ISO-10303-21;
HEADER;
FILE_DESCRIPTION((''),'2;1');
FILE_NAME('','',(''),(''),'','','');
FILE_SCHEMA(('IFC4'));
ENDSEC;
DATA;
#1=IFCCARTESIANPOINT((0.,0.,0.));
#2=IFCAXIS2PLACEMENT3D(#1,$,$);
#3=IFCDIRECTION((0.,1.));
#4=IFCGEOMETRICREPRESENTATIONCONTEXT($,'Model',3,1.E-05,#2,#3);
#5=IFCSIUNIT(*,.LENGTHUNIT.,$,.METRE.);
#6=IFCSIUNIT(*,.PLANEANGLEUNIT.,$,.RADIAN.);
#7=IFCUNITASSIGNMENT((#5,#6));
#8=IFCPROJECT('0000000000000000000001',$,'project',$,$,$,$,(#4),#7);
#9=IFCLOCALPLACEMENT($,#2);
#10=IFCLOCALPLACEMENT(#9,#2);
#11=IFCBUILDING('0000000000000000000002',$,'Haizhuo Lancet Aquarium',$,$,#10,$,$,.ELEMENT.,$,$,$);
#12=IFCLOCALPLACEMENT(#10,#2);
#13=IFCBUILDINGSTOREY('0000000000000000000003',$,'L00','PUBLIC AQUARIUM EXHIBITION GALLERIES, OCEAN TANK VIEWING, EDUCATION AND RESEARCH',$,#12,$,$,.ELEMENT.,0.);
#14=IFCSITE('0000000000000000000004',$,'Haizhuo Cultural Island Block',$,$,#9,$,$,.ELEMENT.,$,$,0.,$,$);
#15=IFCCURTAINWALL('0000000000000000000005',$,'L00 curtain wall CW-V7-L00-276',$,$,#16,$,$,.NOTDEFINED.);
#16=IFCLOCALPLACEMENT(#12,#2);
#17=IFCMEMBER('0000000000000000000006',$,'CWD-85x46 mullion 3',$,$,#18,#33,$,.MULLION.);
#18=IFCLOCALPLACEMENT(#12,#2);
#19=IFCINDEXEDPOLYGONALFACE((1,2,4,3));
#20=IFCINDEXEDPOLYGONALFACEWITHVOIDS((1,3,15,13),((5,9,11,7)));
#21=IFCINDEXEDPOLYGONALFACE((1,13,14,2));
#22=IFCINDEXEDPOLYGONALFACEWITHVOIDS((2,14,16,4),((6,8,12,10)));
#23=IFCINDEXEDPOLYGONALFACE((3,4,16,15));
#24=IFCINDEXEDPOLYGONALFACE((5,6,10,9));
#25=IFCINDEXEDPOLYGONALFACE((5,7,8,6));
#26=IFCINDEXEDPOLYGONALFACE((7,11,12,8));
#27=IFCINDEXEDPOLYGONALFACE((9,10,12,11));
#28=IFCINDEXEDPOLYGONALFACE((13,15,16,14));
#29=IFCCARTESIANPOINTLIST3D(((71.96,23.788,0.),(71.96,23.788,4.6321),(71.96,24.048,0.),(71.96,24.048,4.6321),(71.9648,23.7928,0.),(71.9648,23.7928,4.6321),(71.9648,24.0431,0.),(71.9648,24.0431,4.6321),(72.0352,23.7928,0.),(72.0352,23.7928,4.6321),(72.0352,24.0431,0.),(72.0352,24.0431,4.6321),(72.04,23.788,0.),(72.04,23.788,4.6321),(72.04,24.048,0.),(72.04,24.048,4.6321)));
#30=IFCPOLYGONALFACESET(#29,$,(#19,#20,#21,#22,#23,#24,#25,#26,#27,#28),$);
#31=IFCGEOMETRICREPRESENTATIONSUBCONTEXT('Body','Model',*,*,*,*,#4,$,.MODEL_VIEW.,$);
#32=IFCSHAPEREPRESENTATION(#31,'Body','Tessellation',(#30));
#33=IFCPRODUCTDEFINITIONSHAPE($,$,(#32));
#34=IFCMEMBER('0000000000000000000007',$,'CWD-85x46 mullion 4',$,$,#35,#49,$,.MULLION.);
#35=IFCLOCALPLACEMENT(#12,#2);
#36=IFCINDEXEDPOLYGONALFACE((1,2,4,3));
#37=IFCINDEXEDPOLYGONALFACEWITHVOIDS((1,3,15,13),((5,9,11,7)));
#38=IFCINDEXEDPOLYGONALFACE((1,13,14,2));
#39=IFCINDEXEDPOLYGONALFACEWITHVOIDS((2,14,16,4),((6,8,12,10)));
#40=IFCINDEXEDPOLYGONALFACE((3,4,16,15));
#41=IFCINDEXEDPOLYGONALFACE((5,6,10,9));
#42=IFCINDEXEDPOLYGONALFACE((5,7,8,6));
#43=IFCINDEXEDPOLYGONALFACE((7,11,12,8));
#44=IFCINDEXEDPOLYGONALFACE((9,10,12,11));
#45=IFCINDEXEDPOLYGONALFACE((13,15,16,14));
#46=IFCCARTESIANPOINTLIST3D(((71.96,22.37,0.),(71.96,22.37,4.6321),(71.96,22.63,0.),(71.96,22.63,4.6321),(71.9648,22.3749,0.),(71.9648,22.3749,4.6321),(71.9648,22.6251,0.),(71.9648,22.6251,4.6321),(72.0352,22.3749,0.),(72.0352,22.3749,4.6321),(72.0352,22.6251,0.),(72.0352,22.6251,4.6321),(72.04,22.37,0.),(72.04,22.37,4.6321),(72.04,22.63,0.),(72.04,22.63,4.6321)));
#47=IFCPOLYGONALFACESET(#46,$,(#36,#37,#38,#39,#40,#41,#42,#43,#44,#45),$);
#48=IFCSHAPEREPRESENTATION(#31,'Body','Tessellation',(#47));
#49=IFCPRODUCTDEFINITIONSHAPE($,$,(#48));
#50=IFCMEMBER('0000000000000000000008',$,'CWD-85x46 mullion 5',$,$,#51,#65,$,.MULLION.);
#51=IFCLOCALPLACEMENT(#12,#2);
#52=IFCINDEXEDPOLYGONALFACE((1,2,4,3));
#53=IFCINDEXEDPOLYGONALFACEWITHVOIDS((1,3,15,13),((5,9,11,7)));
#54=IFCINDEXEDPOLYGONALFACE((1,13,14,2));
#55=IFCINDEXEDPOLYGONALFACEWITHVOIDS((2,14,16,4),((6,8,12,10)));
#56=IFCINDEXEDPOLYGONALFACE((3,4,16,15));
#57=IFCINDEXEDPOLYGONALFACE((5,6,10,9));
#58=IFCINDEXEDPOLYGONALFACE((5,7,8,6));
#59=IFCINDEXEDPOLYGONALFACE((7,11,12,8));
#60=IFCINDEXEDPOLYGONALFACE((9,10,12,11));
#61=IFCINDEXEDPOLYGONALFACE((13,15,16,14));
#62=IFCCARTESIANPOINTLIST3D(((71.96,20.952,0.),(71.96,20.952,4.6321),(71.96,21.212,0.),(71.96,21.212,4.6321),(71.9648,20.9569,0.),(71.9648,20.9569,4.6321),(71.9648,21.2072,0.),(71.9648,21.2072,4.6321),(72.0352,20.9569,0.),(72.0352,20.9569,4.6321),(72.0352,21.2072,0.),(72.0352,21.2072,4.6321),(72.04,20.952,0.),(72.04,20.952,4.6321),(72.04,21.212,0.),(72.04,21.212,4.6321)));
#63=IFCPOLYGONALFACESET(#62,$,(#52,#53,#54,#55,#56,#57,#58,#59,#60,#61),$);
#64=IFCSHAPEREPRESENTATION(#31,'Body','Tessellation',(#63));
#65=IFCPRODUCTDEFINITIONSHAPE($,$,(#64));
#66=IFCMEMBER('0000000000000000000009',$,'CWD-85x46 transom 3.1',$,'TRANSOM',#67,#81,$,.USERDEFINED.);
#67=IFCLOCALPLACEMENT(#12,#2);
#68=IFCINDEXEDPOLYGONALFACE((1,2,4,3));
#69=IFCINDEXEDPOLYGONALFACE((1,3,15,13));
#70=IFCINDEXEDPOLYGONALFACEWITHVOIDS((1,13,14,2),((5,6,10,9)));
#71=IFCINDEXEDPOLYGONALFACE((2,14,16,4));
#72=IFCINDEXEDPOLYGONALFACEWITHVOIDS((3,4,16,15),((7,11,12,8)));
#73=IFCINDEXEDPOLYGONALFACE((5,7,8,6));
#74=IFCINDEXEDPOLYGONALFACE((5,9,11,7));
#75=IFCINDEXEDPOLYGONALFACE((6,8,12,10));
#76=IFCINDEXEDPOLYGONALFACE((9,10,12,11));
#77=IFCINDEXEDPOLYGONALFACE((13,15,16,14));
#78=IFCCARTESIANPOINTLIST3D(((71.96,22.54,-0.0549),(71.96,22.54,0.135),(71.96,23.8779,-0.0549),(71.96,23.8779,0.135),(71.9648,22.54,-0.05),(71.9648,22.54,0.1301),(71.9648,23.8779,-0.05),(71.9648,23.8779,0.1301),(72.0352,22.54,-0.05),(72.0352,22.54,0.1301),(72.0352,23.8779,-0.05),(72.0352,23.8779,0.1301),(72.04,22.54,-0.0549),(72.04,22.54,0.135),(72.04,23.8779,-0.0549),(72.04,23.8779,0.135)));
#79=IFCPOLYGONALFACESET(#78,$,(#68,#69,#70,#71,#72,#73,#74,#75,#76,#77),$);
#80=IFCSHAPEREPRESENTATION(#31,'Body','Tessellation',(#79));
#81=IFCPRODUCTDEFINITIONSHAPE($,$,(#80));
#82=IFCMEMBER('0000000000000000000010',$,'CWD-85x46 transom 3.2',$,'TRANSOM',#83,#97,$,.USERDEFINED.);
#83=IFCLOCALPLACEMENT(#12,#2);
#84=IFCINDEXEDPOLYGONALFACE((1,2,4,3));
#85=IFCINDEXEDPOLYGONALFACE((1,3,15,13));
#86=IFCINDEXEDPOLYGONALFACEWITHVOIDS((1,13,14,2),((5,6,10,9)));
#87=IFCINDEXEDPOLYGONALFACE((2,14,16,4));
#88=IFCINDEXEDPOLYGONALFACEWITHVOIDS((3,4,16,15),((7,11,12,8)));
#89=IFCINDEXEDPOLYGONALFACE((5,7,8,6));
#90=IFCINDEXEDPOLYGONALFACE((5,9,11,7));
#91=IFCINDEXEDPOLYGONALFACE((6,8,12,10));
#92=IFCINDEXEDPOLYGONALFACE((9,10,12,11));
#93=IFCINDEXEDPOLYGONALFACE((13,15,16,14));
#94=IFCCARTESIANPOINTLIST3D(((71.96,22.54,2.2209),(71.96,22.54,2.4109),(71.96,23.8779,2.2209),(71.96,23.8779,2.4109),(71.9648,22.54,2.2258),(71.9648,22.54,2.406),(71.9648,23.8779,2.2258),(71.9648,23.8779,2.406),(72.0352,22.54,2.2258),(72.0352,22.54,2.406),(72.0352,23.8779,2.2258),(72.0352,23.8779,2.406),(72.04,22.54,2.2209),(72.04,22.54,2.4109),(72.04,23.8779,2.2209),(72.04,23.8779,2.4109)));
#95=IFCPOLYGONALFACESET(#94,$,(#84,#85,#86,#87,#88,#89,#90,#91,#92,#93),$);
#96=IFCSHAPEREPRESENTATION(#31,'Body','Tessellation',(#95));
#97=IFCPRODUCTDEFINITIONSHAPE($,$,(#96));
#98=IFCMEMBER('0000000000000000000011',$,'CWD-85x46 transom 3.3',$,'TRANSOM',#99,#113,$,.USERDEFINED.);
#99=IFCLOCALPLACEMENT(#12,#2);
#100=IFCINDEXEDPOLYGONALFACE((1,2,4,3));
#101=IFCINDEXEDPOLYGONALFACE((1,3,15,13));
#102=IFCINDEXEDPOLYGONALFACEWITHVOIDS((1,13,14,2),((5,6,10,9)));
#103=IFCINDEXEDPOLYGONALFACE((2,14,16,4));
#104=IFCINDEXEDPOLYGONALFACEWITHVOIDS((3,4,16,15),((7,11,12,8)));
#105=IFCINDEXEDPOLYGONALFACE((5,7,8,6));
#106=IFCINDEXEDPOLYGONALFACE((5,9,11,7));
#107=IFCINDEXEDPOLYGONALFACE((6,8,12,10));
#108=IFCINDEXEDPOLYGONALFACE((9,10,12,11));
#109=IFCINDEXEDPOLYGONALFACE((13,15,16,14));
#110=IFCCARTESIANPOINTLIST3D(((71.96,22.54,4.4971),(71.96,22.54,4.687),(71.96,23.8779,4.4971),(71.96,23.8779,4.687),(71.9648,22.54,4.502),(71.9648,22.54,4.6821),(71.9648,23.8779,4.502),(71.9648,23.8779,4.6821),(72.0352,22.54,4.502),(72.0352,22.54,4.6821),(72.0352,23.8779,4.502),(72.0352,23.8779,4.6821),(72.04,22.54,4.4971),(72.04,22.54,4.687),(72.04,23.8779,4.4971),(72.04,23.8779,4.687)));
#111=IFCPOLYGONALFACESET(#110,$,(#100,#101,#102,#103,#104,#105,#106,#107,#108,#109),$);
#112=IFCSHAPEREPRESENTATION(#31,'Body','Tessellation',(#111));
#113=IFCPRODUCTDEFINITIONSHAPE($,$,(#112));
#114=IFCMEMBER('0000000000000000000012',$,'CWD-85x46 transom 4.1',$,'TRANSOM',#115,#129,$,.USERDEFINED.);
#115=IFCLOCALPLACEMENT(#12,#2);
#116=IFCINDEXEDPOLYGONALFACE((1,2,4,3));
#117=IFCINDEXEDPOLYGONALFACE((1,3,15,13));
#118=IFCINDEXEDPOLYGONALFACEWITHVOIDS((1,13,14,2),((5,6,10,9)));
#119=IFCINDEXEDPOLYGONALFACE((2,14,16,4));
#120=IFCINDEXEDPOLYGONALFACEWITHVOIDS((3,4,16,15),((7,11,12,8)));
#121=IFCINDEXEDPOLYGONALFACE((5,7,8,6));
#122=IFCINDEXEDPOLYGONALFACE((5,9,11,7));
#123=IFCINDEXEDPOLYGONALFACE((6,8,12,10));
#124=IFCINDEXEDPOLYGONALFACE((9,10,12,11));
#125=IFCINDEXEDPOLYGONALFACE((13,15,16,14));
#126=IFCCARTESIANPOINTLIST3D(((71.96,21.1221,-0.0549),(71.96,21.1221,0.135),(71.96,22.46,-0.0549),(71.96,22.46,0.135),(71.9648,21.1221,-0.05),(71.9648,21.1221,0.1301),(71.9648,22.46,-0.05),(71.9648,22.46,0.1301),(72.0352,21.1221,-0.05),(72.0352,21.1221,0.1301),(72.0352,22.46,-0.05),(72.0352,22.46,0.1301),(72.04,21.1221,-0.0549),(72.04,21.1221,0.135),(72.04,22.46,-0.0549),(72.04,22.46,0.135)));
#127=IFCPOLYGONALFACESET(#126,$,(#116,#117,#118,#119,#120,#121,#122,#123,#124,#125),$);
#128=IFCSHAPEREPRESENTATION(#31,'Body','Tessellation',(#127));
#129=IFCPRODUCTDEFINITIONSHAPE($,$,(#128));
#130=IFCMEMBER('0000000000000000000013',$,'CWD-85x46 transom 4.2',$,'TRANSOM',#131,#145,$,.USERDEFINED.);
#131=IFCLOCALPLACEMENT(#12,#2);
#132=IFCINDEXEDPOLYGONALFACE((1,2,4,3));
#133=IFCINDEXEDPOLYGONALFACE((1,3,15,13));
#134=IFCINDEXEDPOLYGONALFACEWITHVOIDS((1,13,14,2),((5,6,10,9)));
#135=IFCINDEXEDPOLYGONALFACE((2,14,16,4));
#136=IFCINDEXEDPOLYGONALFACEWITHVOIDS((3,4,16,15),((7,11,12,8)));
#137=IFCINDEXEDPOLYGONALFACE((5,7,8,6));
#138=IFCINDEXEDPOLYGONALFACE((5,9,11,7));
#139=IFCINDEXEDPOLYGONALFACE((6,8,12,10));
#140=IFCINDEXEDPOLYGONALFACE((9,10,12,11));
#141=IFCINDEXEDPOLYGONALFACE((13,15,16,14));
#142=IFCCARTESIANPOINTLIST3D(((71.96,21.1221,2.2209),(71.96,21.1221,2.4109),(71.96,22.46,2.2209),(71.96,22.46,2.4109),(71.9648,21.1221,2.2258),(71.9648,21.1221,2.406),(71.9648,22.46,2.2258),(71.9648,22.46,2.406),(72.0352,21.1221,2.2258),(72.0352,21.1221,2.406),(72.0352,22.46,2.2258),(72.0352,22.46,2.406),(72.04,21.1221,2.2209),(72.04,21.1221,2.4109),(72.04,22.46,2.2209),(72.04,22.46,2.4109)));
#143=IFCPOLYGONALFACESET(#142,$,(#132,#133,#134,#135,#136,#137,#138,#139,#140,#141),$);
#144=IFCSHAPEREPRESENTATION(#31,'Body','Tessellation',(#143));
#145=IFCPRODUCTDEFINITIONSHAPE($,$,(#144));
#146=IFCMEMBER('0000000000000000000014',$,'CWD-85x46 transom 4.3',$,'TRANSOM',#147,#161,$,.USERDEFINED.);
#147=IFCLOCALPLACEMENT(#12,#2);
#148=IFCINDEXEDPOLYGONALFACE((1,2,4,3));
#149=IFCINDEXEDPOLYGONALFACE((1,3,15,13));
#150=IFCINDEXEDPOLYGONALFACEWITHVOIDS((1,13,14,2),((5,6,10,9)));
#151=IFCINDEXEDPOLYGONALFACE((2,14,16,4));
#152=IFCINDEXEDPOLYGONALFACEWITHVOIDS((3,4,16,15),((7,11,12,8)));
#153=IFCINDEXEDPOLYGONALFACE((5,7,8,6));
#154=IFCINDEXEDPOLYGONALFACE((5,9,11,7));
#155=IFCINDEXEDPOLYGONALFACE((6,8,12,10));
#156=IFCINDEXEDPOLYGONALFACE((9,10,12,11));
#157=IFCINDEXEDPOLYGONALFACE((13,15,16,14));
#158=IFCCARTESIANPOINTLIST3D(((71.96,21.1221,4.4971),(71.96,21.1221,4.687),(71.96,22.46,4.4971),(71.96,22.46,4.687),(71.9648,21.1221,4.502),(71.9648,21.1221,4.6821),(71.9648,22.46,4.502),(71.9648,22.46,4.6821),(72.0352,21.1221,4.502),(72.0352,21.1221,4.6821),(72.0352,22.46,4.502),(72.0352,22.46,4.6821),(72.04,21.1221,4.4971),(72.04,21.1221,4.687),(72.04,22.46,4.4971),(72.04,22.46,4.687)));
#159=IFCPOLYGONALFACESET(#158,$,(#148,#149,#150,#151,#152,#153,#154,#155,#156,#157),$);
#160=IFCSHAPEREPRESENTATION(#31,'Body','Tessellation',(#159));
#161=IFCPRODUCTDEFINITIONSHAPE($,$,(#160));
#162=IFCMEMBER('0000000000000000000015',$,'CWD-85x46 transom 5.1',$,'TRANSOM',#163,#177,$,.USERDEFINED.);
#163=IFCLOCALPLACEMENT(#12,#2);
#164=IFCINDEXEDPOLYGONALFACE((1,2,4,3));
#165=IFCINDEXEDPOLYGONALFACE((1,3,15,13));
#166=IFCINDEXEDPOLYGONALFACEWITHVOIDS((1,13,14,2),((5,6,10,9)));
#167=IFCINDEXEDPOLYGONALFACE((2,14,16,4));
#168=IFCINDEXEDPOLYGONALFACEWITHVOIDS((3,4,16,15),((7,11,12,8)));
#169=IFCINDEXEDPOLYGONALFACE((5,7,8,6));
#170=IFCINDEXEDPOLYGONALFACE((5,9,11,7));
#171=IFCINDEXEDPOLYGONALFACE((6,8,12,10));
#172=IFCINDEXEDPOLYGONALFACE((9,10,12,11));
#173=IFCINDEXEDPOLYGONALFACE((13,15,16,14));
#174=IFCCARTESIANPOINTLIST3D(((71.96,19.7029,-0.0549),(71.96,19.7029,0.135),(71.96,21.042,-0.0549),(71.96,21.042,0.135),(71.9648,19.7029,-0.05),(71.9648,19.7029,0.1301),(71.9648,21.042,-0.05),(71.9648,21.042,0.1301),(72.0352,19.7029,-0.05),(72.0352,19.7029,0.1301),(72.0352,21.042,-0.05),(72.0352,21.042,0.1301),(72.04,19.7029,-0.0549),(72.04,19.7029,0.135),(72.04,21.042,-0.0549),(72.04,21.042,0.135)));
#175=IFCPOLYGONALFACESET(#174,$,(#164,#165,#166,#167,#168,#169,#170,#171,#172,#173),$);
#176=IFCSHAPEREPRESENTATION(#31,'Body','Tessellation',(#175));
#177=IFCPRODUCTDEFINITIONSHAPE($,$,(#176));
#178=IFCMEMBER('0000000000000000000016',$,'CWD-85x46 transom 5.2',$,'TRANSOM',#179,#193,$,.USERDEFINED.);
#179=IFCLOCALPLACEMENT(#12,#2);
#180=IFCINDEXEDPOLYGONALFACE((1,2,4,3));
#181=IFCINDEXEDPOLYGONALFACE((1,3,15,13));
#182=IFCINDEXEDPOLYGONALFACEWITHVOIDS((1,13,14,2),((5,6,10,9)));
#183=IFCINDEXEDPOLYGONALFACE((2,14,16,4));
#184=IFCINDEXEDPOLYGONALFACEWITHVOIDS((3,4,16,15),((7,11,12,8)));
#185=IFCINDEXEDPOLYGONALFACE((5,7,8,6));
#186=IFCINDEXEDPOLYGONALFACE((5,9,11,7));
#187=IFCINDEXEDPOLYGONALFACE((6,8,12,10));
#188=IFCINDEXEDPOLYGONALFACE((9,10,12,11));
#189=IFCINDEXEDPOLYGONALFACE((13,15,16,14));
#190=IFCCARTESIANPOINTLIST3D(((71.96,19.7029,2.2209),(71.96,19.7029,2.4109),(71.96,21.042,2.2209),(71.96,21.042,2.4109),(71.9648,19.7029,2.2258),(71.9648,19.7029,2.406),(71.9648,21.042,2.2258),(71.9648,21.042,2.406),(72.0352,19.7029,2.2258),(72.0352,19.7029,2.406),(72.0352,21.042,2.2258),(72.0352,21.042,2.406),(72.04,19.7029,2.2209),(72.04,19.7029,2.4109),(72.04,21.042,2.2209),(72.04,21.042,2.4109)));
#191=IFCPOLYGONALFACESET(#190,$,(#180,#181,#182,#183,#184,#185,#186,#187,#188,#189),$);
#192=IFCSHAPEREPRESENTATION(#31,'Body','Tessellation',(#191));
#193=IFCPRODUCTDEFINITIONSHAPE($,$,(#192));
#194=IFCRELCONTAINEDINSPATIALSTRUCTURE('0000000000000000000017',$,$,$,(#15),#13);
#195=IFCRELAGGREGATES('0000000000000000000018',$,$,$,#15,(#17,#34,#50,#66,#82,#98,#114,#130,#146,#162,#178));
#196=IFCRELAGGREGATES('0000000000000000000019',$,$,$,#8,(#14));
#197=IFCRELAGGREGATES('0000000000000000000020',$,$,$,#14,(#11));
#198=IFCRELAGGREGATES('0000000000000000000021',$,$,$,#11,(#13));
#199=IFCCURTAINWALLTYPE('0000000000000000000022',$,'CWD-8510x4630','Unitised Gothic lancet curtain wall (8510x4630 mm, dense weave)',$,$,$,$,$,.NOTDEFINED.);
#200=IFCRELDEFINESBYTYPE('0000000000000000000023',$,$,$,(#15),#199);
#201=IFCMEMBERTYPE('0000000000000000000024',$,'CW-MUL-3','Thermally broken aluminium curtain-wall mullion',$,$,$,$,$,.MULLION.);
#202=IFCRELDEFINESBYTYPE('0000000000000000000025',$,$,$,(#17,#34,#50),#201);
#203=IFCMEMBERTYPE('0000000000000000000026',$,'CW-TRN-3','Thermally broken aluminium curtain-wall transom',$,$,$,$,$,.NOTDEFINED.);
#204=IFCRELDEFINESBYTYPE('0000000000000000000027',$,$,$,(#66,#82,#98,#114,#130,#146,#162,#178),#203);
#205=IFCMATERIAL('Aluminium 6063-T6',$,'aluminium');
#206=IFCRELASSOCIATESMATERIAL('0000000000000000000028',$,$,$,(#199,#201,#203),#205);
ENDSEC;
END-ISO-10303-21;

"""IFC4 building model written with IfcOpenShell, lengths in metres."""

from ifc_helpers import new_model, si_unit, direction, frame, origin, origin_2d, place, context, subcontext, project, spatial, hollow_rectangle, extrude, material, material_profile, profile_set, type_object, element, aggregate, save


model = new_model("IFC4")

# Units and contexts
model_context = context("Model", 3, precision=1e-05, world=origin(), true_north=direction((0.0, 1.0)))
body_context = subcontext(model_context, "Body", "Model", "MODEL_VIEW")
ifc_project = project(units=[si_unit("LENGTHUNIT", "METRE"), si_unit("PLANEANGLEUNIT", "RADIAN")], contexts=[model_context])

# Site, building, storey
site_placement = place(None, origin())
site = spatial("IfcSite", under=ifc_project, at=site_placement, Name="Haizhuo Cultural Island Block", CompositionType="ELEMENT", RefElevation=0.0)
building_placement = place(site_placement, origin())
building = spatial("IfcBuilding", under=site, at=building_placement, Name="Haizhuo Lancet Aquarium", CompositionType="ELEMENT")
storey_placement = place(building_placement, origin())
storey = spatial("IfcBuildingStorey", under=building, at=storey_placement, Name="L00", Description="PUBLIC AQUARIUM EXHIBITION GALLERIES, OCEAN TANK VIEWING, EDUCATION AND RESEARCH", CompositionType="ELEMENT", Elevation=0.0)

# Curtain wall, members
ifc_material_1 = material(Name="Aluminium 6063-T6", Category="aluminium")
curtain_wall_type = type_object("IfcCurtainWallType", Name="CWD-8510x4630", Description="Unitised Gothic lancet curtain wall (8510x4630 mm, dense weave)", PredefinedType="NOTDEFINED", material=ifc_material_1)
curtain_wall_placement = place(storey_placement, origin())
curtain_wall = element("IfcCurtainWall", 1, at=curtain_wall_placement, inside=storey, type_object=curtain_wall_type, Name="L00 curtain wall CW-V7-L00-276", PredefinedType="NOTDEFINED")
ifc_material_profile_1 = material_profile(ifc_material_1, hollow_rectangle(XDim=0.0801, YDim=0.26, WallThickness=0.0049, at=origin_2d()), Name="ALU-M 80x260x5")
ifc_profile_set_1 = profile_set([ifc_material_profile_1], Name="Aluminium 6063-T6")
member_type_1 = type_object("IfcMemberType", Name="CW-MUL-3", Description="Thermally broken aluminium curtain-wall mullion", PredefinedType="MULLION", material=ifc_profile_set_1)
member_1_placement = place(storey_placement, frame((72.0, 23.918, 0.0), z_axis=(0.0, 0.0, 1.0), x_axis=(1.0, 0.0, 0.0)))
member_1 = element("IfcMember", 2, at=member_1_placement, type_object=member_type_1, Name="CWD-85x46 mullion 3", PredefinedType="MULLION", context=body_context, shape_type="SweptSolid", body=[
    extrude(hollow_rectangle(XDim=0.0801, YDim=0.26, WallThickness=0.0049, at=origin_2d()), origin(), (0.0, 0.0, 1.0), 4.6321),
])
member_2_placement = place(storey_placement, frame((72.0, 22.5, 0.0), z_axis=(0.0, 0.0, 1.0), x_axis=(1.0, 0.0, 0.0)))
member_2 = element("IfcMember", 3, at=member_2_placement, type_object=member_type_1, Name="CWD-85x46 mullion 4", PredefinedType="MULLION", context=body_context, shape_type="SweptSolid", body=[
    extrude(hollow_rectangle(XDim=0.0801, YDim=0.26, WallThickness=0.0049, at=origin_2d()), origin(), (0.0, 0.0, 1.0), 4.6321),
])
member_3_placement = place(storey_placement, frame((72.0, 21.082, 0.0), z_axis=(0.0, 0.0, 1.0), x_axis=(1.0, 0.0, 0.0)))
member_3 = element("IfcMember", 4, at=member_3_placement, type_object=member_type_1, Name="CWD-85x46 mullion 5", PredefinedType="MULLION", context=body_context, shape_type="SweptSolid", body=[
    extrude(hollow_rectangle(XDim=0.0801, YDim=0.26, WallThickness=0.0049, at=origin_2d()), origin(), (0.0, 0.0, 1.0), 4.6321),
])
ifc_material_profile_2 = material_profile(ifc_material_1, hollow_rectangle(XDim=0.0801, YDim=0.1899, WallThickness=0.0049, at=origin_2d()), Name="ALU-T 80x190x5")
ifc_profile_set_2 = profile_set([ifc_material_profile_2], Name="Aluminium 6063-T6")
member_type_2 = type_object("IfcMemberType", Name="CW-TRN-3", Description="Thermally broken aluminium curtain-wall transom", PredefinedType="NOTDEFINED", material=ifc_profile_set_2)
member_4_placement = place(storey_placement, frame((72.0, 23.8779, 0.04), z_axis=(0.0, -1.0, 0.0), x_axis=(1.0, 0.0, 0.0)))
member_4 = element("IfcMember", 5, at=member_4_placement, type_object=member_type_2, Name="CWD-85x46 transom 3.1", ObjectType="TRANSOM", PredefinedType="USERDEFINED", context=body_context, shape_type="SweptSolid", body=[
    extrude(hollow_rectangle(XDim=0.0801, YDim=0.1899, WallThickness=0.0049, at=origin_2d()), origin(), (0.0, 0.0, 1.0), 1.3379),
])
member_5_placement = place(storey_placement, frame((72.0, 23.8779, 2.3159), z_axis=(0.0, -1.0, 0.0), x_axis=(1.0, 0.0, 0.0)))
member_5 = element("IfcMember", 6, at=member_5_placement, type_object=member_type_2, Name="CWD-85x46 transom 3.2", ObjectType="TRANSOM", PredefinedType="USERDEFINED", context=body_context, shape_type="SweptSolid", body=[
    extrude(hollow_rectangle(XDim=0.0801, YDim=0.1899, WallThickness=0.0049, at=origin_2d()), origin(), (0.0, 0.0, 1.0), 1.3379),
])
member_6_placement = place(storey_placement, frame((72.0, 23.8779, 4.592), z_axis=(0.0, -1.0, 0.0), x_axis=(1.0, 0.0, 0.0)))
member_6 = element("IfcMember", 7, at=member_6_placement, type_object=member_type_2, Name="CWD-85x46 transom 3.3", ObjectType="TRANSOM", PredefinedType="USERDEFINED", context=body_context, shape_type="SweptSolid", body=[
    extrude(hollow_rectangle(XDim=0.0801, YDim=0.1899, WallThickness=0.0049, at=origin_2d()), origin(), (0.0, 0.0, 1.0), 1.3379),
])
member_7_placement = place(storey_placement, frame((72.0, 22.46, 0.04), z_axis=(0.0, -1.0, 0.0), x_axis=(1.0, 0.0, 0.0)))
member_7 = element("IfcMember", 8, at=member_7_placement, type_object=member_type_2, Name="CWD-85x46 transom 4.1", ObjectType="TRANSOM", PredefinedType="USERDEFINED", context=body_context, shape_type="SweptSolid", body=[
    extrude(hollow_rectangle(XDim=0.0801, YDim=0.1899, WallThickness=0.0049, at=origin_2d()), origin(), (0.0, 0.0, 1.0), 1.3379),
])
member_8_placement = place(storey_placement, frame((72.0, 22.46, 2.3159), z_axis=(0.0, -1.0, 0.0), x_axis=(1.0, 0.0, 0.0)))
member_8 = element("IfcMember", 9, at=member_8_placement, type_object=member_type_2, Name="CWD-85x46 transom 4.2", ObjectType="TRANSOM", PredefinedType="USERDEFINED", context=body_context, shape_type="SweptSolid", body=[
    extrude(hollow_rectangle(XDim=0.0801, YDim=0.1899, WallThickness=0.0049, at=origin_2d()), origin(), (0.0, 0.0, 1.0), 1.3379),
])
member_9_placement = place(storey_placement, frame((72.0, 22.46, 4.592), z_axis=(0.0, -1.0, 0.0), x_axis=(1.0, 0.0, 0.0)))
member_9 = element("IfcMember", 10, at=member_9_placement, type_object=member_type_2, Name="CWD-85x46 transom 4.3", ObjectType="TRANSOM", PredefinedType="USERDEFINED", context=body_context, shape_type="SweptSolid", body=[
    extrude(hollow_rectangle(XDim=0.0801, YDim=0.1899, WallThickness=0.0049, at=origin_2d()), origin(), (0.0, 0.0, 1.0), 1.3379),
])
member_10_placement = place(storey_placement, frame((72.0, 21.042, 0.04), z_axis=(0.0, -1.0, 0.0), x_axis=(1.0, 0.0, 0.0)))
member_10 = element("IfcMember", 11, at=member_10_placement, type_object=member_type_2, Name="CWD-85x46 transom 5.1", ObjectType="TRANSOM", PredefinedType="USERDEFINED", context=body_context, shape_type="SweptSolid", body=[
    extrude(hollow_rectangle(XDim=0.0801, YDim=0.1899, WallThickness=0.0049, at=origin_2d()), origin(), (0.0, 0.0, 1.0), 1.3391),
])
member_11_placement = place(storey_placement, frame((72.0, 21.042, 2.3159), z_axis=(0.0, -1.0, 0.0), x_axis=(1.0, 0.0, 0.0)))
member_11 = element("IfcMember", 12, at=member_11_placement, type_object=member_type_2, Name="CWD-85x46 transom 5.2", ObjectType="TRANSOM", PredefinedType="USERDEFINED", context=body_context, shape_type="SweptSolid", body=[
    extrude(hollow_rectangle(XDim=0.0801, YDim=0.1899, WallThickness=0.0049, at=origin_2d()), origin(), (0.0, 0.0, 1.0), 1.3391),
])

aggregate(curtain_wall, [member_1, member_2, member_3, member_4, member_5, member_6, member_7, member_8, member_9, member_10, member_11])

save(model, "model.ifc")
